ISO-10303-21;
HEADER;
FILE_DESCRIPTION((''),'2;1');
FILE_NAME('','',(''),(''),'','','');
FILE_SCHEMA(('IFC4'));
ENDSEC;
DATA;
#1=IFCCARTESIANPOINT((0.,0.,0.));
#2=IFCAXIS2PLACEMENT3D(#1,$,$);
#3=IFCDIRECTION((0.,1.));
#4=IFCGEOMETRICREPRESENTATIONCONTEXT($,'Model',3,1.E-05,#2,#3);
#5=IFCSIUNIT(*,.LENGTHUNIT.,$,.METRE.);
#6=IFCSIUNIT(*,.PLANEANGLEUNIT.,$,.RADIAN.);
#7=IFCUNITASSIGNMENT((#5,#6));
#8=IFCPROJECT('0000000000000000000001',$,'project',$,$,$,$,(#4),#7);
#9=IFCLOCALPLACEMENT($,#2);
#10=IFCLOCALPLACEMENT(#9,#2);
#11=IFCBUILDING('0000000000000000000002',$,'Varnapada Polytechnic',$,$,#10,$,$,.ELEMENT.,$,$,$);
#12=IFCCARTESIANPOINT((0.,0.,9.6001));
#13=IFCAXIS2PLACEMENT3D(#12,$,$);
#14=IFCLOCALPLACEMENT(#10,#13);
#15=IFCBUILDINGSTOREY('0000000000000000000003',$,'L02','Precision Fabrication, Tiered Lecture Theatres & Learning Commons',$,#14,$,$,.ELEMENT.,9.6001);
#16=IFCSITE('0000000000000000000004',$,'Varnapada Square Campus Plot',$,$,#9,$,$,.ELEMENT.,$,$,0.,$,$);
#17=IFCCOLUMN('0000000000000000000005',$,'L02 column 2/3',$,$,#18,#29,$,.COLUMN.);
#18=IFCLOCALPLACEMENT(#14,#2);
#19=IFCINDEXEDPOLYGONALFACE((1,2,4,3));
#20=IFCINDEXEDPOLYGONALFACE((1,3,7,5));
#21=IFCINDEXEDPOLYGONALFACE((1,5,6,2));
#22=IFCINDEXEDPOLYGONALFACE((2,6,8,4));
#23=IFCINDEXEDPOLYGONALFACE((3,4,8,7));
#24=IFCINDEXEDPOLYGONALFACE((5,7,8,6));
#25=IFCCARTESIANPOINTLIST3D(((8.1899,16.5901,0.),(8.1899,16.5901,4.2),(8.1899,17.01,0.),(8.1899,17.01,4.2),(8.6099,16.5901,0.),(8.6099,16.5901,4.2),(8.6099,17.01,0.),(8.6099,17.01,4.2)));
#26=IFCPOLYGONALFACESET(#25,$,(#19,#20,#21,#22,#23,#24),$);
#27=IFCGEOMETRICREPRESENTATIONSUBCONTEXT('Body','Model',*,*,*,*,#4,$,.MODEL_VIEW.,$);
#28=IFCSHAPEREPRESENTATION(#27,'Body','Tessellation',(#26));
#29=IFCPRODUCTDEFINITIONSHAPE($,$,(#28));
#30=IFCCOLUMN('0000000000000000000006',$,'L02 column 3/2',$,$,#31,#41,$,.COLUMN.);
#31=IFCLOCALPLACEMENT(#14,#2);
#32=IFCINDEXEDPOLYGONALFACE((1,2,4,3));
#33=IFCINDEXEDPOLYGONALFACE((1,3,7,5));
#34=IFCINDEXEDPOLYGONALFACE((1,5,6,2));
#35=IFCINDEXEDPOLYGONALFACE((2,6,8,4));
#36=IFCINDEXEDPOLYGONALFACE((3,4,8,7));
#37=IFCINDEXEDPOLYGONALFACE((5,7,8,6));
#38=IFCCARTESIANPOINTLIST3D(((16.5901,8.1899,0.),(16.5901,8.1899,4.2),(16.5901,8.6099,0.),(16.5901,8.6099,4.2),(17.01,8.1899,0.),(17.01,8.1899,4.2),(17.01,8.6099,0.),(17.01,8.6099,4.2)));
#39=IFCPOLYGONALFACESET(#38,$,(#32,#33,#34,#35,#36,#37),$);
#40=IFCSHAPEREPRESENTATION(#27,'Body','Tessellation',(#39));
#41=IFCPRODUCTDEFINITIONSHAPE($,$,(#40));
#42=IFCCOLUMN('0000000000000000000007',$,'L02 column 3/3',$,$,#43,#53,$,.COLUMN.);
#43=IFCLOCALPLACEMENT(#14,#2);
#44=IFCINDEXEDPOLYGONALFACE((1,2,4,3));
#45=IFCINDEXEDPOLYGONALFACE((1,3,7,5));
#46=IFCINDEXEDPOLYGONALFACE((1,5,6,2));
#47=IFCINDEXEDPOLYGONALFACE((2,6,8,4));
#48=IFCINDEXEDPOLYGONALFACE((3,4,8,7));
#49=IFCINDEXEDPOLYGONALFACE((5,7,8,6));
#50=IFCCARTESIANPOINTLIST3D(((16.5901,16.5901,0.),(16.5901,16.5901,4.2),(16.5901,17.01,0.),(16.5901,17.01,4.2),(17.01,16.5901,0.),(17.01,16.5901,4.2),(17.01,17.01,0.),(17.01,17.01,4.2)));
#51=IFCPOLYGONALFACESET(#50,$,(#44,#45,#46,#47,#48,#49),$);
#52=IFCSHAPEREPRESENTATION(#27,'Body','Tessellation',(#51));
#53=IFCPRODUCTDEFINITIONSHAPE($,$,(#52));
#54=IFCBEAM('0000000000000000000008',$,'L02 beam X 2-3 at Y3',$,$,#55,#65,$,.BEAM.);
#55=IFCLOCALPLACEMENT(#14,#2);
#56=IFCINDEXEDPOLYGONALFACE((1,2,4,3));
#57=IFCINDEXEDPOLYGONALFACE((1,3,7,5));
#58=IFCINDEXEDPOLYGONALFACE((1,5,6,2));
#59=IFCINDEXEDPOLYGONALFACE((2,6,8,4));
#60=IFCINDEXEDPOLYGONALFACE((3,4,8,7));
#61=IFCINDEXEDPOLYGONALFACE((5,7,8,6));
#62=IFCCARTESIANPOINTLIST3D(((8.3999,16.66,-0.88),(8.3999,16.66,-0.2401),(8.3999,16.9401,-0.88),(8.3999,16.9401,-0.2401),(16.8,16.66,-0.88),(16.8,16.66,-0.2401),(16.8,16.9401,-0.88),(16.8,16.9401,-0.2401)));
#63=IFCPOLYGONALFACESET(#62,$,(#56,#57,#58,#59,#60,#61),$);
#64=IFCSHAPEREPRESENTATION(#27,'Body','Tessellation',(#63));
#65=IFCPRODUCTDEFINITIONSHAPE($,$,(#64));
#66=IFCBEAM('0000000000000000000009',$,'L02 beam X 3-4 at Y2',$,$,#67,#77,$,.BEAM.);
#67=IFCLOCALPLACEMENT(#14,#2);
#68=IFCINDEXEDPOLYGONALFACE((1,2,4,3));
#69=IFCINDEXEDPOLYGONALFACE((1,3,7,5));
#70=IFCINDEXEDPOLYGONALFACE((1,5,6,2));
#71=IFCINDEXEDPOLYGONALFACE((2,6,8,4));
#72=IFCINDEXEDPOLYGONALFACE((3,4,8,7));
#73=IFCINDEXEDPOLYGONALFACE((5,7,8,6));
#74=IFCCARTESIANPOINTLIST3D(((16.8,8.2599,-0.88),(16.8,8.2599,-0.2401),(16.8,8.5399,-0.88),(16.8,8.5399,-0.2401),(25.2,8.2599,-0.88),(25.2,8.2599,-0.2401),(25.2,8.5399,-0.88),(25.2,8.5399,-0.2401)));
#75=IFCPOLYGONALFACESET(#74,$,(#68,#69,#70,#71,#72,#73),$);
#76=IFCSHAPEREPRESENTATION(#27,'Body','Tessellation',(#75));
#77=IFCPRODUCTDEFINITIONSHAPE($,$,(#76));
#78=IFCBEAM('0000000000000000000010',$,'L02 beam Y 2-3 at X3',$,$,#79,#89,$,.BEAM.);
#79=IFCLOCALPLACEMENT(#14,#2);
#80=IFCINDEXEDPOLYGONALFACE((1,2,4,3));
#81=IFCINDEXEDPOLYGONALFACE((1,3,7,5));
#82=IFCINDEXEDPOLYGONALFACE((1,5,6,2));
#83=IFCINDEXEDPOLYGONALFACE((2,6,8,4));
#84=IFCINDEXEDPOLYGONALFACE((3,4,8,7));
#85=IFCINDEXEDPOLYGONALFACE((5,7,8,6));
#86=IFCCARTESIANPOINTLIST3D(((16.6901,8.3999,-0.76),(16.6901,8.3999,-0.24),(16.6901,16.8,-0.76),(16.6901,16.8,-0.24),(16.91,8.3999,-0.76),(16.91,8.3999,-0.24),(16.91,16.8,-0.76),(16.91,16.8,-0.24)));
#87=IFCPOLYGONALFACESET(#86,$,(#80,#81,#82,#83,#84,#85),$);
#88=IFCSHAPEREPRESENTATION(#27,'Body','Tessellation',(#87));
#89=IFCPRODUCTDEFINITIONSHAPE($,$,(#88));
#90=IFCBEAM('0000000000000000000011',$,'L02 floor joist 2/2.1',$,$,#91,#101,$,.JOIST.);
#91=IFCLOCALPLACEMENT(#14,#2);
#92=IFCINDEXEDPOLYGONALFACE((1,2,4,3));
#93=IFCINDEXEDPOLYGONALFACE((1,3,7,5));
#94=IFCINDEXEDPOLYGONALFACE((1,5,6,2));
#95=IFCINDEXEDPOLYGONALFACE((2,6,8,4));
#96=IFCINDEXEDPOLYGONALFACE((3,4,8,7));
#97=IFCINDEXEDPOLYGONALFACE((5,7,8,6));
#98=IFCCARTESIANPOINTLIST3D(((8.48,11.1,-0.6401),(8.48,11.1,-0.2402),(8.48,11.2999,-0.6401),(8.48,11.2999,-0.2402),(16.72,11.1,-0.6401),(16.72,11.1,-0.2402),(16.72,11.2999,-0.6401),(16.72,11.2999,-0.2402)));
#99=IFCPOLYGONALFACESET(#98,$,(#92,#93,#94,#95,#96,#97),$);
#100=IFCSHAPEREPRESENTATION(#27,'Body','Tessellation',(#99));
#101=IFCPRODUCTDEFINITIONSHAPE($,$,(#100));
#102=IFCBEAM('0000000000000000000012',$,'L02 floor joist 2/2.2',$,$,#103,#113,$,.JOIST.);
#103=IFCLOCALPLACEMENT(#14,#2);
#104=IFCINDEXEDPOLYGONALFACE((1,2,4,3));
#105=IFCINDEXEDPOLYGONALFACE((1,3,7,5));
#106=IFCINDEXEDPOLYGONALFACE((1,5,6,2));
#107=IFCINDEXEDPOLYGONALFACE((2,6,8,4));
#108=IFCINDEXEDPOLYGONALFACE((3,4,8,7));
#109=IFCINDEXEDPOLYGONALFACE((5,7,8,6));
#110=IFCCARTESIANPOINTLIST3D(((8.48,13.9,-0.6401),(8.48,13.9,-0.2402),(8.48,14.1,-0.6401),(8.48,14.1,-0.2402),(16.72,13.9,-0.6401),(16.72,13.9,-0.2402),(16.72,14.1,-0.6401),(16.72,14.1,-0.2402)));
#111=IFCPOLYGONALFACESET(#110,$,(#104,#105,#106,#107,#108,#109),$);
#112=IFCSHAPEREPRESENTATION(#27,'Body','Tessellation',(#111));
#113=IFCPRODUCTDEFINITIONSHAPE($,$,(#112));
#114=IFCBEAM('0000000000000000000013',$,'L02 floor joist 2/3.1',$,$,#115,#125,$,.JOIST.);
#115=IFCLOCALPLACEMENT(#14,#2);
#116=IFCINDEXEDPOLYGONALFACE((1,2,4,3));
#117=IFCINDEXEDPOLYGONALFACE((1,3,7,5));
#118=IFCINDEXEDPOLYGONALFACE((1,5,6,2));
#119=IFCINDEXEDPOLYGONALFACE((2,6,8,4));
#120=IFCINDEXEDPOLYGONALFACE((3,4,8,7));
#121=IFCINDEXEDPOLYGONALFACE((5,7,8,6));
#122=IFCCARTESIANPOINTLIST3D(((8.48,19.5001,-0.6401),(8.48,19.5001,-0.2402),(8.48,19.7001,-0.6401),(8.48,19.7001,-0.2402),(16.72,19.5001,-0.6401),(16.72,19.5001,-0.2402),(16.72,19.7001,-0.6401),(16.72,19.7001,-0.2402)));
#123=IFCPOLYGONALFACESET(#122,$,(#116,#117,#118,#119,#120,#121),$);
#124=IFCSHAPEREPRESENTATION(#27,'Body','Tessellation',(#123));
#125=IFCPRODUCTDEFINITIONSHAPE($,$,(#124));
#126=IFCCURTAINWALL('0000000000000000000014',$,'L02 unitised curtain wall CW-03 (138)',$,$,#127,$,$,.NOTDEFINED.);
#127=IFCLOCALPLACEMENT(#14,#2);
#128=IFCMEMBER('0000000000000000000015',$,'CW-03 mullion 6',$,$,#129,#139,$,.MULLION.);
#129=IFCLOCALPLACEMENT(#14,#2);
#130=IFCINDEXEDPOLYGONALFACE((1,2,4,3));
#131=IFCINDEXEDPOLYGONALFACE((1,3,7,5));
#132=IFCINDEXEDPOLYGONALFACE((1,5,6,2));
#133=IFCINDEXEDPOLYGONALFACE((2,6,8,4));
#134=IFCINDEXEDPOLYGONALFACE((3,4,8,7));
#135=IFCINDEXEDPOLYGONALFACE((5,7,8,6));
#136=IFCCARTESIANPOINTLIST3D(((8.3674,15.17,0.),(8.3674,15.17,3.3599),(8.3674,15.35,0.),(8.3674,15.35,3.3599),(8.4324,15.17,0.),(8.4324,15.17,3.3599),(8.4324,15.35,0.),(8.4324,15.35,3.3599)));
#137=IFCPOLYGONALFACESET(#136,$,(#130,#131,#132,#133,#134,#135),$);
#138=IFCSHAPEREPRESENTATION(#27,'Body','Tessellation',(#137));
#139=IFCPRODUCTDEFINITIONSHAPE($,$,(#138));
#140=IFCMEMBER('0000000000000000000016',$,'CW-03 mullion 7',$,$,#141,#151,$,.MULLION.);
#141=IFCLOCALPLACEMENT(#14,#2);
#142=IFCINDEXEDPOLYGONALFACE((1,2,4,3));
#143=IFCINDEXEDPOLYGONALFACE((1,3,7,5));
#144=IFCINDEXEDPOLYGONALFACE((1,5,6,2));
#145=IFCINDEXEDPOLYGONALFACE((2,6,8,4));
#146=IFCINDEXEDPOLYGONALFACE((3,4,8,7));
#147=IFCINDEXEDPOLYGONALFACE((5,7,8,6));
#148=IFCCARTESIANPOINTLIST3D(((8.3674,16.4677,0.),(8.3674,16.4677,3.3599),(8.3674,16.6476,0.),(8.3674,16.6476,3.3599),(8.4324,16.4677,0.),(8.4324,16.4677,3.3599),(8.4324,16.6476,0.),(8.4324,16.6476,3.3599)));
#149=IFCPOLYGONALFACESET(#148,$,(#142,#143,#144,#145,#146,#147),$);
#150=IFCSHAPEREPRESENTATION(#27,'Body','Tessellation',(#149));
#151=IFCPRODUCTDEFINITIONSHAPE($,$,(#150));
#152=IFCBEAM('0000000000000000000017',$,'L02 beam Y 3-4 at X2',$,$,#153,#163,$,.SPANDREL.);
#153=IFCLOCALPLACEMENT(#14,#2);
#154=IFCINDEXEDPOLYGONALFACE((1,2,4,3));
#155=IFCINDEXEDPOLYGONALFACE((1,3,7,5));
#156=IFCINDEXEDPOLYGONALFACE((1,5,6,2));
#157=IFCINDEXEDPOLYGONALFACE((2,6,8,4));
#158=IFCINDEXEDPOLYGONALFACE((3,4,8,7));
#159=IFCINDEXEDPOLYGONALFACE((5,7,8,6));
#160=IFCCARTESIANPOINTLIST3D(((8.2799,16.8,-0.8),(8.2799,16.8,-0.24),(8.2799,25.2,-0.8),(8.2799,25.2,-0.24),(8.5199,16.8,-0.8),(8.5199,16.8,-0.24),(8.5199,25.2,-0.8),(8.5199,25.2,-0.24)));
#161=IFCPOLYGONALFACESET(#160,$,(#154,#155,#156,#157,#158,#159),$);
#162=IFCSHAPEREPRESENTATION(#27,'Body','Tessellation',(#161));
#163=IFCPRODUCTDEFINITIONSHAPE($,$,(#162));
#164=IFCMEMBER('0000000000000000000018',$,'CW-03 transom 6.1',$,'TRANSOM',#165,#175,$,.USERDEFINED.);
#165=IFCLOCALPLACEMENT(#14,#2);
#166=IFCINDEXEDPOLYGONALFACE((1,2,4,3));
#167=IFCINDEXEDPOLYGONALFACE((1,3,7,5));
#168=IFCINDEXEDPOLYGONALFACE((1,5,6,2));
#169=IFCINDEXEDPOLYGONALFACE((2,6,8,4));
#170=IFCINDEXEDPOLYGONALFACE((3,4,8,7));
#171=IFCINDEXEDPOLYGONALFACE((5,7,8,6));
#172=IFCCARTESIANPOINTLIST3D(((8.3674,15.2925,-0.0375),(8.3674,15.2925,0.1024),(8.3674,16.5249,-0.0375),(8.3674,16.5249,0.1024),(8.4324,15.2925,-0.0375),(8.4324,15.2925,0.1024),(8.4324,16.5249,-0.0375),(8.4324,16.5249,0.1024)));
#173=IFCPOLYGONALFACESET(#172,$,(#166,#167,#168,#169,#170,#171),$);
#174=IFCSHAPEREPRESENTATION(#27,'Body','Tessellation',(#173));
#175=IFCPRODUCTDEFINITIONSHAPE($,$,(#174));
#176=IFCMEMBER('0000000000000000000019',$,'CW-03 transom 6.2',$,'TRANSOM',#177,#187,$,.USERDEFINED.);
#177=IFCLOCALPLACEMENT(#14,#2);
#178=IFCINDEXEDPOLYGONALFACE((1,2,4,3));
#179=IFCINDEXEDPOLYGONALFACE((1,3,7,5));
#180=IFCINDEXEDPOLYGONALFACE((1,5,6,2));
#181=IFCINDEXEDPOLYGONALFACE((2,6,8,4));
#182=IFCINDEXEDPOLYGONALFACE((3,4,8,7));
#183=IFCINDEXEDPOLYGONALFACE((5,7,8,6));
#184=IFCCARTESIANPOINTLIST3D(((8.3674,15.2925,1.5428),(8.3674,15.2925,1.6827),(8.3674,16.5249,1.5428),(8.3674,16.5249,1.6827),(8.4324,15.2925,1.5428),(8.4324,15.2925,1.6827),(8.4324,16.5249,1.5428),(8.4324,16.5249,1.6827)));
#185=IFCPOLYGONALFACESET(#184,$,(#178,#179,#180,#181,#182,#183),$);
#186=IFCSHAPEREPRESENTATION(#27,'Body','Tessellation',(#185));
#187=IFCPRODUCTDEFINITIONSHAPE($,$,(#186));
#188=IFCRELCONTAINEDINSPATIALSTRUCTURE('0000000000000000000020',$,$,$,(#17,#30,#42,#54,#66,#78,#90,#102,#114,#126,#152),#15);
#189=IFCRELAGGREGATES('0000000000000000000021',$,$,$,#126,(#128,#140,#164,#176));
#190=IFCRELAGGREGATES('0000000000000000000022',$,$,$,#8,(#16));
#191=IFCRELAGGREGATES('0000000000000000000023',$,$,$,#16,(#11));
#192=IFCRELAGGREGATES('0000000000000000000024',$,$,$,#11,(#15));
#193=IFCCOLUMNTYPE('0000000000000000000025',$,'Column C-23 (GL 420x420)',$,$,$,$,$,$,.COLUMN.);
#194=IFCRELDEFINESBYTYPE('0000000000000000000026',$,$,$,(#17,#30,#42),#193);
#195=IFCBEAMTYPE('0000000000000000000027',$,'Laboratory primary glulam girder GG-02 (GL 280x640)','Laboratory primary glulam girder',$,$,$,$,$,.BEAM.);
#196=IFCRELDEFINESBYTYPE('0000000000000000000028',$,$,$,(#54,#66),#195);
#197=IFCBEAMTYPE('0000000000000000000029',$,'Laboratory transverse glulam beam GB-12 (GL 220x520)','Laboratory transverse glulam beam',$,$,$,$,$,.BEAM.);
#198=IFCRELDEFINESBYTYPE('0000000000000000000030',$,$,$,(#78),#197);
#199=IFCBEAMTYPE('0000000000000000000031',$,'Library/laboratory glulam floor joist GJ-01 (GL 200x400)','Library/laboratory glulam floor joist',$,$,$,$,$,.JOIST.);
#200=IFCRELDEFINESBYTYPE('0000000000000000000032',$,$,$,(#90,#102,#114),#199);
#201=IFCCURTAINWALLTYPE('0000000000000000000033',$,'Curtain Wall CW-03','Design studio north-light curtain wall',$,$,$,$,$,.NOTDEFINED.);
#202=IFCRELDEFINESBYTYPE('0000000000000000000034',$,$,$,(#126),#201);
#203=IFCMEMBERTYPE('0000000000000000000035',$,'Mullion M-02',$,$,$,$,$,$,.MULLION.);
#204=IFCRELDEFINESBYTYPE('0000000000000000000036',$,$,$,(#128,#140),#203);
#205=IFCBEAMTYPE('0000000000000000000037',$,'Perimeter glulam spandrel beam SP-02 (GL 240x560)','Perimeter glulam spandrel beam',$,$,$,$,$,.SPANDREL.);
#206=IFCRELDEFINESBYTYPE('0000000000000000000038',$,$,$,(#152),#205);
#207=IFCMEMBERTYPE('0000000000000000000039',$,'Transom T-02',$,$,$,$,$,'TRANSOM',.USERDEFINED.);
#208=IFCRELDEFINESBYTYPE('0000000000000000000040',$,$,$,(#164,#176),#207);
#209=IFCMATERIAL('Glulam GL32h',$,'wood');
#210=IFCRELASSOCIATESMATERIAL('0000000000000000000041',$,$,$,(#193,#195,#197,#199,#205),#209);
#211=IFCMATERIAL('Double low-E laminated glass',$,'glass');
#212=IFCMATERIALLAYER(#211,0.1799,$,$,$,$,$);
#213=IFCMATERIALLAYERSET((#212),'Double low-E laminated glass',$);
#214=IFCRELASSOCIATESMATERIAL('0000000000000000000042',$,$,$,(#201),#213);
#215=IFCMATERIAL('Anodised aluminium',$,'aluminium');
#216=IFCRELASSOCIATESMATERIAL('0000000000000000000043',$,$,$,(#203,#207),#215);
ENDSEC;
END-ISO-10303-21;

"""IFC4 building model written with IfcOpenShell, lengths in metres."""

from ifc_helpers import new_model, si_unit, direction, frame, origin, origin_2d, place, context, subcontext, project, spatial, rectangle, extrude, material, layer, layer_set, material_profile, profile_set, type_object, element, aggregate, save


model = new_model("IFC4")

# Units and contexts
model_context = context("Model", 3, precision=1e-05, world=origin(), true_north=direction((0.0, 1.0)))
body_context = subcontext(model_context, "Body", "Model", "MODEL_VIEW")
ifc_project = project(units=[si_unit("LENGTHUNIT", "METRE"), si_unit("PLANEANGLEUNIT", "RADIAN")], contexts=[model_context])

# Site, building, storey
site_placement = place(None, origin())
site = spatial("IfcSite", under=ifc_project, at=site_placement, Name="Varnapada Square Campus Plot", CompositionType="ELEMENT", RefElevation=0.0)
building_placement = place(site_placement, origin())
building = spatial("IfcBuilding", under=site, at=building_placement, Name="Varnapada Polytechnic", CompositionType="ELEMENT")
storey_placement = place(building_placement, frame((0.0, 0.0, 9.6001)))
storey = spatial("IfcBuildingStorey", under=building, at=storey_placement, Name="L02", Description="Precision Fabrication, Tiered Lecture Theatres & Learning Commons", CompositionType="ELEMENT", Elevation=9.6001)

# Columns
ifc_material_1 = material(Name="Glulam GL32h", Category="wood")
ifc_material_profile_1 = material_profile(ifc_material_1, rectangle(XDim=0.4199, YDim=0.4199, at=origin_2d()), Name="GL 420x420")
ifc_profile_set_1 = profile_set([ifc_material_profile_1], Name="Glulam GL32h")
column_type = type_object("IfcColumnType", Name="Column C-23 (GL 420x420)", PredefinedType="COLUMN", material=ifc_profile_set_1)
for number, where, z_axis, x_axis, name in (
    (1, (8.3999, 16.8, 0.0), (0.0, 0.0, 1.0), (1.0, 0.0, 0.0), "L02 column 2/3"),
    (2, (16.8, 8.3999, 0.0), (0.0, 0.0, 1.0), (1.0, 0.0, 0.0), "L02 column 3/2"),
    (3, (16.8, 16.8, 0.0), (0.0, 0.0, 1.0), (1.0, 0.0, 0.0), "L02 column 3/3"),
):
    element("IfcColumn", number, at=place(storey_placement, frame(where, z_axis=z_axis, x_axis=x_axis)), inside=storey, type_object=column_type, Name=name, PredefinedType="COLUMN", context=body_context, shape_type="SweptSolid", body=[
        extrude(rectangle(XDim=0.4199, YDim=0.4199, at=origin_2d()), origin(), (0.0, 0.0, 1.0), 4.2),
    ])

# Beams
ifc_material_profile_2 = material_profile(ifc_material_1, rectangle(XDim=0.28, YDim=0.6399, at=origin_2d()), Name="GL 280x640")
ifc_profile_set_2 = profile_set([ifc_material_profile_2], Name="Glulam GL32h")
beam_type_1 = type_object("IfcBeamType", Name="Laboratory primary glulam girder GG-02 (GL 280x640)", Description="Laboratory primary glulam girder", PredefinedType="BEAM", material=ifc_profile_set_2)
beam_1_placement = place(storey_placement, frame((8.3999, 16.8, -0.5601), z_axis=(1.0, 0.0, 0.0), x_axis=(0.0, 1.0, 0.0)))
element("IfcBeam", 4, at=beam_1_placement, inside=storey, type_object=beam_type_1, Name="L02 beam X 2-3 at Y3", PredefinedType="BEAM", context=body_context, shape_type="SweptSolid", body=[
    extrude(rectangle(XDim=0.28, YDim=0.6399, at=origin_2d()), origin(), (0.0, 0.0, 1.0), 8.4001),
])
beam_2_placement = place(storey_placement, frame((16.8, 8.3999, -0.5601), z_axis=(1.0, 0.0, 0.0), x_axis=(0.0, 1.0, 0.0)))
element("IfcBeam", 5, at=beam_2_placement, inside=storey, type_object=beam_type_1, Name="L02 beam X 3-4 at Y2", PredefinedType="BEAM", context=body_context, shape_type="SweptSolid", body=[
    extrude(rectangle(XDim=0.28, YDim=0.6399, at=origin_2d()), origin(), (0.0, 0.0, 1.0), 8.3999),
])
ifc_material_profile_3 = material_profile(ifc_material_1, rectangle(XDim=0.22, YDim=0.52, at=origin_2d()), Name="GL 220x520")
ifc_profile_set_3 = profile_set([ifc_material_profile_3], Name="Glulam GL32h")
beam_type_2 = type_object("IfcBeamType", Name="Laboratory transverse glulam beam GB-12 (GL 220x520)", Description="Laboratory transverse glulam beam", PredefinedType="BEAM", material=ifc_profile_set_3)
beam_3_placement = place(storey_placement, frame((16.8, 8.3999, -0.5), z_axis=(0.0, 1.0, 0.0), x_axis=(-1.0, 0.0, 0.0)))
element("IfcBeam", 6, at=beam_3_placement, inside=storey, type_object=beam_type_2, Name="L02 beam Y 2-3 at X3", PredefinedType="BEAM", context=body_context, shape_type="SweptSolid", body=[
    extrude(rectangle(XDim=0.22, YDim=0.52, at=origin_2d()), origin(), (0.0, 0.0, 1.0), 8.4001),
])
ifc_material_profile_4 = material_profile(ifc_material_1, rectangle(XDim=0.2, YDim=0.3999, at=origin_2d()), Name="GL 200x400")
ifc_profile_set_4 = profile_set([ifc_material_profile_4], Name="Glulam GL32h")
beam_type_3 = type_object("IfcBeamType", Name="Library/laboratory glulam floor joist GJ-01 (GL 200x400)", Description="Library/laboratory glulam floor joist", PredefinedType="JOIST", material=ifc_profile_set_4)
for number, where, z_axis, x_axis, name in (
    (7, (8.48, 11.2, -0.4402), (1.0, 0.0, 0.0), (0.0, 1.0, 0.0), "L02 floor joist 2/2.1"),
    (8, (8.48, 14.0, -0.4402), (1.0, 0.0, 0.0), (0.0, 1.0, 0.0), "L02 floor joist 2/2.2"),
    (9, (8.48, 19.6001, -0.4402), (1.0, 0.0, 0.0), (0.0, 1.0, 0.0), "L02 floor joist 2/3.1"),
):
    element("IfcBeam", number, at=place(storey_placement, frame(where, z_axis=z_axis, x_axis=x_axis)), inside=storey, type_object=beam_type_3, Name=name, PredefinedType="JOIST", context=body_context, shape_type="SweptSolid", body=[
        extrude(rectangle(XDim=0.2, YDim=0.3999, at=origin_2d()), origin(), (0.0, 0.0, 1.0), 8.24),
    ])

# Curtain wall, members
ifc_material_2 = material(Name="Double low-E laminated glass", Category="glass")
ifc_layer_1 = layer(ifc_material_2, 0.1799)
ifc_layer_set_1 = layer_set([ifc_layer_1], Name="Double low-E laminated glass")
curtain_wall_type = type_object("IfcCurtainWallType", Name="Curtain Wall CW-03", Description="Design studio north-light curtain wall", PredefinedType="NOTDEFINED", material=ifc_layer_set_1)
curtain_wall_placement = place(storey_placement, origin())
curtain_wall = element("IfcCurtainWall", 10, at=curtain_wall_placement, inside=storey, type_object=curtain_wall_type, Name="L02 unitised curtain wall CW-03 (138)", PredefinedType="NOTDEFINED")
ifc_material_3 = material(Name="Anodised aluminium", Category="aluminium")
ifc_material_profile_5 = material_profile(ifc_material_3, rectangle(XDim=0.0649, YDim=0.1799, at=origin_2d()), Name="ALU M65x180")
ifc_profile_set_5 = profile_set([ifc_material_profile_5], Name="Anodised aluminium")
member_type_1 = type_object("IfcMemberType", Name="Mullion M-02", PredefinedType="MULLION", material=ifc_profile_set_5)
member_1_placement = place(storey_placement, frame((8.3999, 15.26, 0.0), z_axis=(0.0, 0.0, 1.0), x_axis=(-1.0, 0.0, 0.0)))
member_1 = element("IfcMember", 11, at=member_1_placement, type_object=member_type_1, Name="CW-03 mullion 6", PredefinedType="MULLION", context=body_context, shape_type="SweptSolid", body=[
    extrude(rectangle(XDim=0.0649, YDim=0.1799, at=origin_2d()), origin(), (0.0, 0.0, 1.0), 3.3599),
])
member_2_placement = place(storey_placement, frame((8.3999, 16.5576, 0.0), z_axis=(0.0, 0.0, 1.0), x_axis=(-1.0, 0.0, 0.0)))
member_2 = element("IfcMember", 12, at=member_2_placement, type_object=member_type_1, Name="CW-03 mullion 7", PredefinedType="MULLION", context=body_context, shape_type="SweptSolid", body=[
    extrude(rectangle(XDim=0.0649, YDim=0.1799, at=origin_2d()), origin(), (0.0, 0.0, 1.0), 3.3599),
])

# Beam
ifc_material_profile_6 = material_profile(ifc_material_1, rectangle(XDim=0.24, YDim=0.5601, at=origin_2d()), Name="GL 240x560")
ifc_profile_set_6 = profile_set([ifc_material_profile_6], Name="Glulam GL32h")
beam_type_4 = type_object("IfcBeamType", Name="Perimeter glulam spandrel beam SP-02 (GL 240x560)", Description="Perimeter glulam spandrel beam", PredefinedType="SPANDREL", material=ifc_profile_set_6)
beam_4_placement = place(storey_placement, frame((8.3999, 16.8, -0.52), z_axis=(0.0, 1.0, 0.0), x_axis=(-1.0, 0.0, 0.0)))
element("IfcBeam", 13, at=beam_4_placement, inside=storey, type_object=beam_type_4, Name="L02 beam Y 3-4 at X2", PredefinedType="SPANDREL", context=body_context, shape_type="SweptSolid", body=[
    extrude(rectangle(XDim=0.24, YDim=0.5601, at=origin_2d()), origin(), (0.0, 0.0, 1.0), 8.3999),
])

# Members
ifc_material_profile_7 = material_profile(ifc_material_3, rectangle(XDim=0.0649, YDim=0.1399, at=origin_2d()), Name="ALU T65x140")
ifc_profile_set_7 = profile_set([ifc_material_profile_7], Name="Anodised aluminium")
member_type_2 = type_object("IfcMemberType", Name="Transom T-02", ElementType="TRANSOM", PredefinedType="USERDEFINED", material=ifc_profile_set_7)
member_3_placement = place(storey_placement, frame((8.3999, 15.2925, 0.0325), z_axis=(0.0, 1.0, 0.0), x_axis=(-1.0, 0.0, 0.0)))
member_3 = element("IfcMember", 14, at=member_3_placement, type_object=member_type_2, Name="CW-03 transom 6.1", ObjectType="TRANSOM", PredefinedType="USERDEFINED", context=body_context, shape_type="SweptSolid", body=[
    extrude(rectangle(XDim=0.0649, YDim=0.1399, at=origin_2d()), origin(), (0.0, 0.0, 1.0), 1.2324),
])
member_4_placement = place(storey_placement, frame((8.3999, 15.2925, 1.6128), z_axis=(0.0, 1.0, 0.0), x_axis=(-1.0, 0.0, 0.0)))
member_4 = element("IfcMember", 15, at=member_4_placement, type_object=member_type_2, Name="CW-03 transom 6.2", ObjectType="TRANSOM", PredefinedType="USERDEFINED", context=body_context, shape_type="SweptSolid", body=[
    extrude(rectangle(XDim=0.0649, YDim=0.1399, at=origin_2d()), origin(), (0.0, 0.0, 1.0), 1.2324),
])

aggregate(curtain_wall, [member_1, member_2, member_3, member_4])

save(model, "model.ifc")
